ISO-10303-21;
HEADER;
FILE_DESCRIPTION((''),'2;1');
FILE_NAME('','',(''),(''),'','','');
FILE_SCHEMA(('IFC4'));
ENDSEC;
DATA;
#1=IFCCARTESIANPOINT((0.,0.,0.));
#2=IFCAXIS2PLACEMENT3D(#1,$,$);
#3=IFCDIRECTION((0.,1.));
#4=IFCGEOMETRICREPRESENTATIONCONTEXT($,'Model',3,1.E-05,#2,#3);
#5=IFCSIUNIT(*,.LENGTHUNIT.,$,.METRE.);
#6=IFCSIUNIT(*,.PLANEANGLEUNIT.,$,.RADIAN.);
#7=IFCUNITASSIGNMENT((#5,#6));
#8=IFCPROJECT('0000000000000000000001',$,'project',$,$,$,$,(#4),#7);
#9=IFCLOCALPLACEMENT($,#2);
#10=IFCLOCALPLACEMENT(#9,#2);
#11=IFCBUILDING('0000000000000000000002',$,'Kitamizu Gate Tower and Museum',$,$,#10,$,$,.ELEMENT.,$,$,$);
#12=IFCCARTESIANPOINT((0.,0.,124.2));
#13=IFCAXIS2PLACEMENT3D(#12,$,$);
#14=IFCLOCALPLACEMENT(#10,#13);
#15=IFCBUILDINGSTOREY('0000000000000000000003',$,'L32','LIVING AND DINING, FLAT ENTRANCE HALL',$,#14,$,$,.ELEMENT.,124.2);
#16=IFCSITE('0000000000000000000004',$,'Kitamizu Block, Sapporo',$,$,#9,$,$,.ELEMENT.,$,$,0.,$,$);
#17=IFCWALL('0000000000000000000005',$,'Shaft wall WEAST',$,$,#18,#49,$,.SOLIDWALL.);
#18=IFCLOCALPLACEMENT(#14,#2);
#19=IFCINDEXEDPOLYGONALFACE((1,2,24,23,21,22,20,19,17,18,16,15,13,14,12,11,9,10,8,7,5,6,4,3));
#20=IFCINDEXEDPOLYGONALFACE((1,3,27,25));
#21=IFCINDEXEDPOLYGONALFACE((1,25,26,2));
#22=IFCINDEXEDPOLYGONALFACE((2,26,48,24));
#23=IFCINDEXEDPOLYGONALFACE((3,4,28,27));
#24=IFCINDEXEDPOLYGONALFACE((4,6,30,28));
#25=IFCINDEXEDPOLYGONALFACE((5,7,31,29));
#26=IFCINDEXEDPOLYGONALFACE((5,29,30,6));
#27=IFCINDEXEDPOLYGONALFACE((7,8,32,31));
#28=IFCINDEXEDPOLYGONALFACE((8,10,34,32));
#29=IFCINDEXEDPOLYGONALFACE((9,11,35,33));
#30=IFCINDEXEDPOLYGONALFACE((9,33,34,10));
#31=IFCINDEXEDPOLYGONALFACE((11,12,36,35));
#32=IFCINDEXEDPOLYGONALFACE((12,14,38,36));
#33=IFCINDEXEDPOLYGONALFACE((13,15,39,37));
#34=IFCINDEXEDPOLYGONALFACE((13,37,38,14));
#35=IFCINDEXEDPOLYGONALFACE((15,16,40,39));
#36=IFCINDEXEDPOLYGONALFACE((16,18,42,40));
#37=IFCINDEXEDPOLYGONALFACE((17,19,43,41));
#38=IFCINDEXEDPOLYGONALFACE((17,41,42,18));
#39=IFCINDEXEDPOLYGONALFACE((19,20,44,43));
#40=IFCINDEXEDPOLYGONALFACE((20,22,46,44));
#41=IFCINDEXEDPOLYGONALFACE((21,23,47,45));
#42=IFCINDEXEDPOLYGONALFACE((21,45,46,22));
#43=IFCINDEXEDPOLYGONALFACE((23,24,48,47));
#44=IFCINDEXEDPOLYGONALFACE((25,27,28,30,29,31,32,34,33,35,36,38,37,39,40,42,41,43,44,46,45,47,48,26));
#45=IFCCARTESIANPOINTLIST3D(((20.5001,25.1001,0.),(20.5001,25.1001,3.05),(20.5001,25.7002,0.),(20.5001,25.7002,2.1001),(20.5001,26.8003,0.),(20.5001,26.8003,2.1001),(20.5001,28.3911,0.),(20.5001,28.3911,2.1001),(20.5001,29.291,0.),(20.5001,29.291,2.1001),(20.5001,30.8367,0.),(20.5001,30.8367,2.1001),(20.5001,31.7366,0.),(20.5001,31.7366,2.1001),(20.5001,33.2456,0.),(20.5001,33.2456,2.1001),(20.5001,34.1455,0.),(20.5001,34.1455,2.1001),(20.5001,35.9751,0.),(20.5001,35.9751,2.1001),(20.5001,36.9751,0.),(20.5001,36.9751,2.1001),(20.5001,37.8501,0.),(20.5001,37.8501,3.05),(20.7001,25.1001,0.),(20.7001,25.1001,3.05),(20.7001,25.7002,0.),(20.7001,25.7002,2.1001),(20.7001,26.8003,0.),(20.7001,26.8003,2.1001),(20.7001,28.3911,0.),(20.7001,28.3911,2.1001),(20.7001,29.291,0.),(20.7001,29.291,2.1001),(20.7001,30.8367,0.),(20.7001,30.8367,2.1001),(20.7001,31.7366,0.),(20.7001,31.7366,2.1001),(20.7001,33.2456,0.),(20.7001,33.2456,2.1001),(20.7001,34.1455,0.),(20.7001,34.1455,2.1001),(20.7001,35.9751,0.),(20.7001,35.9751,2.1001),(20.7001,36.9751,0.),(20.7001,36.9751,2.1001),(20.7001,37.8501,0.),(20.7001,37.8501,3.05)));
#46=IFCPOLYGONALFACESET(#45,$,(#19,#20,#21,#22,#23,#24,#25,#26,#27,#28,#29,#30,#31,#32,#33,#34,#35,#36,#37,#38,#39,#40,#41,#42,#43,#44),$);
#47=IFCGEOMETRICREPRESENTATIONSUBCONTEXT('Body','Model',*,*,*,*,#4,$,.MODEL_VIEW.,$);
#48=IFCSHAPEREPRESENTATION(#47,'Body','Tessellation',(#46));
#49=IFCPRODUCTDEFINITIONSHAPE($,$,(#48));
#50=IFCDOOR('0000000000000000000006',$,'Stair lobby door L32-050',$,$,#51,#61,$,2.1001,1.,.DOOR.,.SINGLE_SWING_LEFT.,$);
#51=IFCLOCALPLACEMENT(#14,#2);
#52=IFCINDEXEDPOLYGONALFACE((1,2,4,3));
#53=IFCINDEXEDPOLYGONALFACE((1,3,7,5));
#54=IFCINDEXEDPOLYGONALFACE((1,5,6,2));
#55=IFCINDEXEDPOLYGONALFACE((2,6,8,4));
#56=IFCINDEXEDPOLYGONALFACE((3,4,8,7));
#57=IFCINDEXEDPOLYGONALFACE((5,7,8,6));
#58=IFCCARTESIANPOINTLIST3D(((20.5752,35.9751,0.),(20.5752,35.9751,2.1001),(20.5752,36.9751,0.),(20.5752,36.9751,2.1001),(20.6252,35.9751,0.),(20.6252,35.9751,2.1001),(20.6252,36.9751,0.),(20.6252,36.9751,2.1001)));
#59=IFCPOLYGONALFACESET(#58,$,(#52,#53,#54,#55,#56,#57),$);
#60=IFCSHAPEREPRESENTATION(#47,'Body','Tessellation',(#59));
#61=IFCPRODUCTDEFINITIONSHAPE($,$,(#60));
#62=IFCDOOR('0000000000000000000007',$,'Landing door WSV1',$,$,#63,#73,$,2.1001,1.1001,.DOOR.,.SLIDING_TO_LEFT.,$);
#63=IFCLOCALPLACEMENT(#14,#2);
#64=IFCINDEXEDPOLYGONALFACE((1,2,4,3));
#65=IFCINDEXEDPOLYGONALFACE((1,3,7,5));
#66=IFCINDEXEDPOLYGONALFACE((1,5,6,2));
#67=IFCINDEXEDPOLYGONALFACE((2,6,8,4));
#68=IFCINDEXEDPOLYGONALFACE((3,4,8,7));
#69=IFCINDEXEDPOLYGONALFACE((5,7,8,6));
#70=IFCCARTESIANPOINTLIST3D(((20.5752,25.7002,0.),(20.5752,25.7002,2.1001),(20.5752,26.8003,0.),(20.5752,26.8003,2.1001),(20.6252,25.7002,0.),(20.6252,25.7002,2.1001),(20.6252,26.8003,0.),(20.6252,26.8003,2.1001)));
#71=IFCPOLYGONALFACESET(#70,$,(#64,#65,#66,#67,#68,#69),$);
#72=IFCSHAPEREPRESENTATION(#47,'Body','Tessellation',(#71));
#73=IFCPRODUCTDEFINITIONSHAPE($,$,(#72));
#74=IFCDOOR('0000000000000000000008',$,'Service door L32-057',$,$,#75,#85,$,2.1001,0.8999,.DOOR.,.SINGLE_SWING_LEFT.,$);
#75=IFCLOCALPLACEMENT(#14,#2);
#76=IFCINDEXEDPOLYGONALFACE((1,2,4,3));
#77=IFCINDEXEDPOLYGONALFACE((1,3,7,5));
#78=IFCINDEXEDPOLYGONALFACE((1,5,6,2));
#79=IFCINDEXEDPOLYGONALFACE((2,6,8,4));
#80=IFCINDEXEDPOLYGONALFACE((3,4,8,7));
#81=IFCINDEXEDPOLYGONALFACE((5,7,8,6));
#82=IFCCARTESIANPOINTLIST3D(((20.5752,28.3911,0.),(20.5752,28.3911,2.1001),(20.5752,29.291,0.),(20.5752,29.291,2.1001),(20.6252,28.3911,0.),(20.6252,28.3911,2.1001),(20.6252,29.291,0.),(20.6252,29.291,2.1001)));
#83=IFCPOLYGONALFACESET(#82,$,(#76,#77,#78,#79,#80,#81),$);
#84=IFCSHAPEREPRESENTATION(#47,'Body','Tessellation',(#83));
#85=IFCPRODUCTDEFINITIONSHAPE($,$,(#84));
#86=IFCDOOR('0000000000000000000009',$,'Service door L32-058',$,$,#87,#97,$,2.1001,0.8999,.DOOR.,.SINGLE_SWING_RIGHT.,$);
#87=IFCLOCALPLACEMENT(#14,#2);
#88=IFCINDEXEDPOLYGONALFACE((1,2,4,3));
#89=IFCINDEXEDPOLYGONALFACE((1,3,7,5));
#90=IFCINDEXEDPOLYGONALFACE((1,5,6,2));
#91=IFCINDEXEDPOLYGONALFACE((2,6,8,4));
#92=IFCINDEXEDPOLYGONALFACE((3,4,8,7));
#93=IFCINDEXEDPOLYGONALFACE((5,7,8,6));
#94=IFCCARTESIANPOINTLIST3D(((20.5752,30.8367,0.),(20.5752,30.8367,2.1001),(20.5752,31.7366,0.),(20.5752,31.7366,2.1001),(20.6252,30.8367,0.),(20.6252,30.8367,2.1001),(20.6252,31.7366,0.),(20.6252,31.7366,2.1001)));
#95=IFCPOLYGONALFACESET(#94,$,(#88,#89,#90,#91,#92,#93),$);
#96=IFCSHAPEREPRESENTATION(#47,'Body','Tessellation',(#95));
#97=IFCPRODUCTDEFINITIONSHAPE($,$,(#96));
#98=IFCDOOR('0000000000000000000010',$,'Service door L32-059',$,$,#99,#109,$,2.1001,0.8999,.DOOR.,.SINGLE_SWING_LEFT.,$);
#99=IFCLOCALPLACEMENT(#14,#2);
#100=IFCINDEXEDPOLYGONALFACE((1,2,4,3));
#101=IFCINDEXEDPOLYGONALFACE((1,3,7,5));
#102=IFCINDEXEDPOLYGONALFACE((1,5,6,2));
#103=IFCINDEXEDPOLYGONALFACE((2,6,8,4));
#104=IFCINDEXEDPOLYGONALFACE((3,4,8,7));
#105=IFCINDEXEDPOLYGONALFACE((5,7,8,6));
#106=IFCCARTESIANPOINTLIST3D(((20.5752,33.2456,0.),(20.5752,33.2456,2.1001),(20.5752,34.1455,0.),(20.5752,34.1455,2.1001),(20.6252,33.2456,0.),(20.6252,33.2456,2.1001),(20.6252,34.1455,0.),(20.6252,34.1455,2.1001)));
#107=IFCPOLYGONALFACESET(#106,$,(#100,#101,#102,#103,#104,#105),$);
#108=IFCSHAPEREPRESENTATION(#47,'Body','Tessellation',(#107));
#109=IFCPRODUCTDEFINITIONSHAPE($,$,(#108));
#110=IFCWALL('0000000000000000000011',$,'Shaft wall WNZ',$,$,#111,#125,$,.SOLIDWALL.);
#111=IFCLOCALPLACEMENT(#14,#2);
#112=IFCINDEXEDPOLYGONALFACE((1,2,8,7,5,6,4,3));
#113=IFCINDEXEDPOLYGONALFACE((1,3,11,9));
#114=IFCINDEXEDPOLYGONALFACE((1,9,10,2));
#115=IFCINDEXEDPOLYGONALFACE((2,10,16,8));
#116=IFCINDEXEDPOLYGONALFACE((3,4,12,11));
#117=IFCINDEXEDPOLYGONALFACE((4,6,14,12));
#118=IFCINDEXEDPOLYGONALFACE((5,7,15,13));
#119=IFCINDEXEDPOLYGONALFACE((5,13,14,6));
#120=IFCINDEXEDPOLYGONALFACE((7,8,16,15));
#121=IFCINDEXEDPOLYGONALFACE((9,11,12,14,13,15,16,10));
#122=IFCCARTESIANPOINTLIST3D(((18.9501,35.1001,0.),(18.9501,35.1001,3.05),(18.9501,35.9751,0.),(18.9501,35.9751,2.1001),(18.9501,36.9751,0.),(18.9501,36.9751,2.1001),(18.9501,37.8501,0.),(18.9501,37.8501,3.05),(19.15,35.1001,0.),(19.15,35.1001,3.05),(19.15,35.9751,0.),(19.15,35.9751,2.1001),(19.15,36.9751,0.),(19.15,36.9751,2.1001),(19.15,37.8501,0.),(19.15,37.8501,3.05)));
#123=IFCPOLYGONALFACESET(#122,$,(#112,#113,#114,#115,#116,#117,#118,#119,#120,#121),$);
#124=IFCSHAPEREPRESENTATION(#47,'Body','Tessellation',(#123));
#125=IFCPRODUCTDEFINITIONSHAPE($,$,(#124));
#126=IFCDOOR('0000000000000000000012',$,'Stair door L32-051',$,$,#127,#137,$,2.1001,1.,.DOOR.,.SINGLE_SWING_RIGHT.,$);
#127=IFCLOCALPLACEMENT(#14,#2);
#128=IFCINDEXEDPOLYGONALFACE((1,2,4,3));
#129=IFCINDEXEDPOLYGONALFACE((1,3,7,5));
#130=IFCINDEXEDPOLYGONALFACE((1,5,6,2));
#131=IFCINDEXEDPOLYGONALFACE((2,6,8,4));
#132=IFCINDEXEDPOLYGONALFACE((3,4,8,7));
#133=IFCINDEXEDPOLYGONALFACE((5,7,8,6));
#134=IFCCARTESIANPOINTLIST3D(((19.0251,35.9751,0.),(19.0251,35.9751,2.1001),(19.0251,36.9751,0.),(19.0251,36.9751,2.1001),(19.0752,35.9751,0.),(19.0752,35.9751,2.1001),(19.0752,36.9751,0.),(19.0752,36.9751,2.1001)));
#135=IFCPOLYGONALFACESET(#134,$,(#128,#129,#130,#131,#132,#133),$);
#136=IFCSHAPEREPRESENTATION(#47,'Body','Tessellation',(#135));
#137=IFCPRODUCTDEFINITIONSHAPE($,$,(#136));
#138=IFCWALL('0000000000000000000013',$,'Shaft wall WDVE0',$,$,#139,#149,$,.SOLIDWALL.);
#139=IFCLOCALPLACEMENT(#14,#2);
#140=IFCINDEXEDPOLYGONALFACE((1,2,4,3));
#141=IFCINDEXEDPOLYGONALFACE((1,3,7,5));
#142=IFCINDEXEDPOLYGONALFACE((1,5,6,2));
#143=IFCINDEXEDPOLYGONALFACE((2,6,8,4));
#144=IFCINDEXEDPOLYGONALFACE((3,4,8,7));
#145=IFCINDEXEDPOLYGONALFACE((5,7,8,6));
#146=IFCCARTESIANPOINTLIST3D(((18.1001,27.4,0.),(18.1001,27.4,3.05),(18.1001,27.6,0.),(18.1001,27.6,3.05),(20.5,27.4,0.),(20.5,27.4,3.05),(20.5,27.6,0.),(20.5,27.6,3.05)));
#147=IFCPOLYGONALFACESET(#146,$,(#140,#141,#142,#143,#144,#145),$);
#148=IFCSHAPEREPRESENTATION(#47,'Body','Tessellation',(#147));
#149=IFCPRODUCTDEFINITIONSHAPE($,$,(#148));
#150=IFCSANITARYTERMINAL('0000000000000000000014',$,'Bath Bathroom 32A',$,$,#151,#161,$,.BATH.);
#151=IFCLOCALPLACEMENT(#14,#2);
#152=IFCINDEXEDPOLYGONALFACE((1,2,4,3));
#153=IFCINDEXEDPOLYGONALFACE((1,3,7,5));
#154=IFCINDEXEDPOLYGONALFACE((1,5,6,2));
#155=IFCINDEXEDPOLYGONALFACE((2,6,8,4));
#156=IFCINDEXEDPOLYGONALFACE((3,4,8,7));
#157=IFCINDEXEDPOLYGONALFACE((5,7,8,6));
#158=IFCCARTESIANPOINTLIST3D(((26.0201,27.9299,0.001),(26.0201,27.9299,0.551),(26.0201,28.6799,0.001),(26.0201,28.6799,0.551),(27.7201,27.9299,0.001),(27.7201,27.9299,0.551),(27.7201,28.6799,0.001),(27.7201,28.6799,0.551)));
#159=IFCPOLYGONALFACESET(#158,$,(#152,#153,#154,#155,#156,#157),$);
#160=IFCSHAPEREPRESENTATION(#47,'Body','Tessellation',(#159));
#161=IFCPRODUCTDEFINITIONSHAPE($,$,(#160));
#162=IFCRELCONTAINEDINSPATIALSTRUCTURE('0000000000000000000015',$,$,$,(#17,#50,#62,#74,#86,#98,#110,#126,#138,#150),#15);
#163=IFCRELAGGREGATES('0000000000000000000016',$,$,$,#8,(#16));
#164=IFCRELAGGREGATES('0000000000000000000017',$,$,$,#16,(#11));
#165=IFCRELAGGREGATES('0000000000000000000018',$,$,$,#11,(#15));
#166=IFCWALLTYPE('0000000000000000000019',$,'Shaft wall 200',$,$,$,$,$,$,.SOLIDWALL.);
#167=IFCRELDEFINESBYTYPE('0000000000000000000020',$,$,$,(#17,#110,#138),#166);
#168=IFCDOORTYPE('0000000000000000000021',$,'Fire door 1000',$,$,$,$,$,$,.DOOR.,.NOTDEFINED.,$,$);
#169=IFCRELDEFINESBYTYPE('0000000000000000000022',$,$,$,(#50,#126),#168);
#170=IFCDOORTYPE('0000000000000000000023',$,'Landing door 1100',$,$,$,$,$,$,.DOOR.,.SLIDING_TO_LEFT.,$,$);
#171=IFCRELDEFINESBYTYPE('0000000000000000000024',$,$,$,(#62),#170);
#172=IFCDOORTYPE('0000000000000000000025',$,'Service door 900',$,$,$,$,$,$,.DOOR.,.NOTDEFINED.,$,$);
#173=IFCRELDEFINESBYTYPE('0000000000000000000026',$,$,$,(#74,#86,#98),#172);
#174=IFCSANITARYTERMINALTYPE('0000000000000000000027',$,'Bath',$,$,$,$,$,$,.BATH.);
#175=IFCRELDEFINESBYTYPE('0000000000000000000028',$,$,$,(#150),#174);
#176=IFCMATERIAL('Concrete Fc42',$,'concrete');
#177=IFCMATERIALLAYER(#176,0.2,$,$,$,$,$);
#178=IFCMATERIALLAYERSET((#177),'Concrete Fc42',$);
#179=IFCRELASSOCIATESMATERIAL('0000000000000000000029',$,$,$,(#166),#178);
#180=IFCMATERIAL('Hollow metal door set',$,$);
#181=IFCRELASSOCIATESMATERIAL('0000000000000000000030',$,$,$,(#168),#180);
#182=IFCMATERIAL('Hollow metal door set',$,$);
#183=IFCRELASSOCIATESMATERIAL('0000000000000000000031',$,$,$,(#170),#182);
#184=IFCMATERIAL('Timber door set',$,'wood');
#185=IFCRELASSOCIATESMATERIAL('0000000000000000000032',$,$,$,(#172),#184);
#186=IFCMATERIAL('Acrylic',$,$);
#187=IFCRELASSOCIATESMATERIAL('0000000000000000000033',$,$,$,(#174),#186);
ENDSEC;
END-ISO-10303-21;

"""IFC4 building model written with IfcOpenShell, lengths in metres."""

from ifc_helpers import new_model, si_unit, direction, frame, frame_2d, origin, origin_2d, place, context, subcontext, project, spatial, rectangle, extrude, material, layer, layer_set, type_object, element, fill, save


model = new_model("IFC4")

# Units and contexts
model_context = context("Model", 3, precision=1e-05, world=origin(), true_north=direction((0.0, 1.0)))
body_context = subcontext(model_context, "Body", "Model", "MODEL_VIEW")
ifc_project = project(units=[si_unit("LENGTHUNIT", "METRE"), si_unit("PLANEANGLEUNIT", "RADIAN")], contexts=[model_context])

# Site, building, storey
site_placement = place(None, origin())
site = spatial("IfcSite", under=ifc_project, at=site_placement, Name="Kitamizu Block, Sapporo", CompositionType="ELEMENT", RefElevation=0.0)
building_placement = place(site_placement, origin())
building = spatial("IfcBuilding", under=site, at=building_placement, Name="Kitamizu Gate Tower and Museum", CompositionType="ELEMENT")
storey_placement = place(building_placement, frame((0.0, 0.0, 124.2)))
storey = spatial("IfcBuildingStorey", under=building, at=storey_placement, Name="L32", Description="LIVING AND DINING, FLAT ENTRANCE HALL", CompositionType="ELEMENT", Elevation=124.2)

# Wall, openings, doors
ifc_material_1 = material(Name="Concrete Fc42", Category="concrete")
ifc_layer_1 = layer(ifc_material_1, 0.2)
ifc_layer_set_1 = layer_set([ifc_layer_1], Name="Concrete Fc42")
wall_type_1 = type_object("IfcWallType", Name="Shaft wall 200", PredefinedType="SOLIDWALL", material=ifc_layer_set_1)
wall_1_placement = place(storey_placement, frame((20.6001, 25.1001, 0.0), z_axis=(0.0, 0.0, 1.0), x_axis=(0.0, 1.0, 0.0)))
wall_1 = element("IfcWall", 1, at=wall_1_placement, inside=storey, type_object=wall_type_1, Name="Shaft wall WEAST", PredefinedType="SOLIDWALL", context=body_context, shape_type="SweptSolid", body=[
    extrude(rectangle(XDim=12.75, YDim=0.2, at=frame_2d((6.375, 0.0))), origin(), (0.0, 0.0, 1.0), 3.05),
])
opening_1_placement = place(wall_1_placement, frame((0.6001, 0.0, 0.0)))
opening_1 = element("IfcOpeningElement", 2, at=opening_1_placement, cuts=wall_1, PredefinedType="OPENING", context=body_context, shape_type="SweptSolid", body=[
    extrude(rectangle(XDim=1.1001, YDim=2.1001, at=frame_2d((0.55, 1.05))), frame((0.0, 0.1099, 0.0), z_axis=(0.0, -1.0, 0.0), x_axis=(1.0, 0.0, 0.0)), (0.0, 0.0, 1.0), 0.22),
])
opening_2_placement = place(wall_1_placement, frame((10.875, 0.0, 0.0)))
opening_2 = element("IfcOpeningElement", 3, at=opening_2_placement, cuts=wall_1, PredefinedType="OPENING", context=body_context, shape_type="SweptSolid", body=[
    extrude(rectangle(XDim=1.0, YDim=2.1001, at=frame_2d((0.5, 1.05))), frame((0.0, 0.1099, 0.0), z_axis=(0.0, -1.0, 0.0), x_axis=(1.0, 0.0, 0.0)), (0.0, 0.0, 1.0), 0.22),
])
opening_3_placement = place(wall_1_placement, frame((3.291, 0.0, 0.0)))
opening_3 = element("IfcOpeningElement", 4, at=opening_3_placement, cuts=wall_1, PredefinedType="OPENING", context=body_context, shape_type="SweptSolid", body=[
    extrude(rectangle(XDim=0.8999, YDim=2.1001, at=frame_2d((0.45, 1.05))), frame((0.0, 0.1099, 0.0), z_axis=(0.0, -1.0, 0.0), x_axis=(1.0, 0.0, 0.0)), (0.0, 0.0, 1.0), 0.22),
])
opening_4_placement = place(wall_1_placement, frame((5.7366, 0.0, 0.0)))
opening_4 = element("IfcOpeningElement", 5, at=opening_4_placement, cuts=wall_1, PredefinedType="OPENING", context=body_context, shape_type="SweptSolid", body=[
    extrude(rectangle(XDim=0.8999, YDim=2.1001, at=frame_2d((0.45, 1.05))), frame((0.0, 0.1099, 0.0), z_axis=(0.0, -1.0, 0.0), x_axis=(1.0, 0.0, 0.0)), (0.0, 0.0, 1.0), 0.22),
])
opening_5_placement = place(wall_1_placement, frame((8.1455, 0.0, 0.0)))
opening_5 = element("IfcOpeningElement", 6, at=opening_5_placement, cuts=wall_1, PredefinedType="OPENING", context=body_context, shape_type="SweptSolid", body=[
    extrude(rectangle(XDim=0.8999, YDim=2.1001, at=frame_2d((0.45, 1.05))), frame((0.0, 0.1099, 0.0), z_axis=(0.0, -1.0, 0.0), x_axis=(1.0, 0.0, 0.0)), (0.0, 0.0, 1.0), 0.22),
])
ifc_material_2 = material(Name="Hollow metal door set")
door_type_1 = type_object("IfcDoorType", Name="Fire door 1000", OperationType="NOTDEFINED", PredefinedType="DOOR", material=ifc_material_2)
door_1_placement = place(opening_2_placement, origin())
door_1 = element("IfcDoor", 7, at=door_1_placement, inside=storey, type_object=door_type_1, Name="Stair lobby door L32-050", OperationType="SINGLE_SWING_LEFT", OverallHeight=2.1001, OverallWidth=1.0, PredefinedType="DOOR", context=body_context, shape_type="SweptSolid", body=[
    extrude(rectangle(XDim=1.0, YDim=2.1001, at=frame_2d((0.5, 1.05))), frame((0.0, 0.0249, 0.0), z_axis=(0.0, -1.0, 0.0), x_axis=(1.0, 0.0, 0.0)), (0.0, 0.0, 1.0), 0.05),
])
fill(opening_2, door_1)
ifc_material_3 = material(Name="Hollow metal door set")
door_type_2 = type_object("IfcDoorType", Name="Landing door 1100", OperationType="SLIDING_TO_LEFT", PredefinedType="DOOR", material=ifc_material_3)
door_2_placement = place(opening_1_placement, origin())
door_2 = element("IfcDoor", 8, at=door_2_placement, inside=storey, type_object=door_type_2, Name="Landing door WSV1", OperationType="SLIDING_TO_LEFT", OverallHeight=2.1001, OverallWidth=1.1001, PredefinedType="DOOR", context=body_context, shape_type="SweptSolid", body=[
    extrude(rectangle(XDim=1.1001, YDim=2.1001, at=frame_2d((0.55, 1.05))), frame((0.0, 0.0249, 0.0), z_axis=(0.0, -1.0, 0.0), x_axis=(1.0, 0.0, 0.0)), (0.0, 0.0, 1.0), 0.05),
])
fill(opening_1, door_2)
ifc_material_4 = material(Name="Timber door set", Category="wood")
door_type_3 = type_object("IfcDoorType", Name="Service door 900", OperationType="NOTDEFINED", PredefinedType="DOOR", material=ifc_material_4)
door_3_placement = place(opening_3_placement, origin())
door_3 = element("IfcDoor", 9, at=door_3_placement, inside=storey, type_object=door_type_3, Name="Service door L32-057", OperationType="SINGLE_SWING_LEFT", OverallHeight=2.1001, OverallWidth=0.8999, PredefinedType="DOOR", context=body_context, shape_type="SweptSolid", body=[
    extrude(rectangle(XDim=0.8999, YDim=2.1001, at=frame_2d((0.45, 1.05))), frame((0.0, 0.0249, 0.0), z_axis=(0.0, -1.0, 0.0), x_axis=(1.0, 0.0, 0.0)), (0.0, 0.0, 1.0), 0.05),
])
fill(opening_3, door_3)
door_4_placement = place(opening_4_placement, origin())
door_4 = element("IfcDoor", 10, at=door_4_placement, inside=storey, type_object=door_type_3, Name="Service door L32-058", OperationType="SINGLE_SWING_RIGHT", OverallHeight=2.1001, OverallWidth=0.8999, PredefinedType="DOOR", context=body_context, shape_type="SweptSolid", body=[
    extrude(rectangle(XDim=0.8999, YDim=2.1001, at=frame_2d((0.45, 1.05))), frame((0.0, 0.0249, 0.0), z_axis=(0.0, -1.0, 0.0), x_axis=(1.0, 0.0, 0.0)), (0.0, 0.0, 1.0), 0.05),
])
fill(opening_4, door_4)
door_5_placement = place(opening_5_placement, origin())
door_5 = element("IfcDoor", 11, at=door_5_placement, inside=storey, type_object=door_type_3, Name="Service door L32-059", OperationType="SINGLE_SWING_LEFT", OverallHeight=2.1001, OverallWidth=0.8999, PredefinedType="DOOR", context=body_context, shape_type="SweptSolid", body=[
    extrude(rectangle(XDim=0.8999, YDim=2.1001, at=frame_2d((0.45, 1.05))), frame((0.0, 0.0249, 0.0), z_axis=(0.0, -1.0, 0.0), x_axis=(1.0, 0.0, 0.0)), (0.0, 0.0, 1.0), 0.05),
])
fill(opening_5, door_5)

# Wall, opening, door
wall_2_placement = place(storey_placement, frame((19.05, 35.1001, 0.0), z_axis=(0.0, 0.0, 1.0), x_axis=(0.0, 1.0, 0.0)))
wall_2 = element("IfcWall", 12, at=wall_2_placement, inside=storey, type_object=wall_type_1, Name="Shaft wall WNZ", PredefinedType="SOLIDWALL", context=body_context, shape_type="SweptSolid", body=[
    extrude(rectangle(XDim=2.75, YDim=0.2, at=frame_2d((1.375, 0.0))), origin(), (0.0, 0.0, 1.0), 3.05),
])
opening_6_placement = place(wall_2_placement, frame((0.875, 0.0, 0.0)))
opening_6 = element("IfcOpeningElement", 13, at=opening_6_placement, cuts=wall_2, PredefinedType="OPENING", context=body_context, shape_type="SweptSolid", body=[
    extrude(rectangle(XDim=1.0, YDim=2.1001, at=frame_2d((0.5, 1.05))), frame((0.0, 0.1099, 0.0), z_axis=(0.0, -1.0, 0.0), x_axis=(1.0, 0.0, 0.0)), (0.0, 0.0, 1.0), 0.22),
])
door_6_placement = place(opening_6_placement, origin())
door_6 = element("IfcDoor", 14, at=door_6_placement, inside=storey, type_object=door_type_1, Name="Stair door L32-051", OperationType="SINGLE_SWING_RIGHT", OverallHeight=2.1001, OverallWidth=1.0, PredefinedType="DOOR", context=body_context, shape_type="SweptSolid", body=[
    extrude(rectangle(XDim=1.0, YDim=2.1001, at=frame_2d((0.5, 1.05))), frame((0.0, 0.0249, 0.0), z_axis=(0.0, -1.0, 0.0), x_axis=(1.0, 0.0, 0.0)), (0.0, 0.0, 1.0), 0.05),
])
fill(opening_6, door_6)

# Wall
wall_3_placement = place(storey_placement, frame((18.1001, 27.5, 0.0), z_axis=(0.0, 0.0, 1.0), x_axis=(1.0, 0.0, 0.0)))
element("IfcWall", 15, at=wall_3_placement, inside=storey, type_object=wall_type_1, Name="Shaft wall WDVE0", PredefinedType="SOLIDWALL", context=body_context, shape_type="SweptSolid", body=[
    extrude(rectangle(XDim=2.3999, YDim=0.2, at=frame_2d((1.2, 0.0))), origin(), (0.0, 0.0, 1.0), 3.05),
])

# Sanitary terminal
ifc_material_5 = material(Name="Acrylic")
sanitary_terminal_type_1 = type_object("IfcSanitaryTerminalType", Name="Bath", PredefinedType="BATH", material=ifc_material_5)
for number, where, z_axis, x_axis, name in (
    (16, (26.8701, 28.3049, 0.001), (0.0, 0.0, 1.0), (1.0, 0.0, 0.0), "Bath Bathroom 32A"),
):
    element("IfcSanitaryTerminal", number, at=place(storey_placement, frame(where, z_axis=z_axis, x_axis=x_axis)), inside=storey, type_object=sanitary_terminal_type_1, Name=name, PredefinedType="BATH", context=body_context, shape_type="SweptSolid", body=[
        extrude(rectangle(XDim=1.7, YDim=0.75, at=origin_2d()), origin(), (0.0, 0.0, 1.0), 0.55),
    ])

save(model, "model.ifc")
